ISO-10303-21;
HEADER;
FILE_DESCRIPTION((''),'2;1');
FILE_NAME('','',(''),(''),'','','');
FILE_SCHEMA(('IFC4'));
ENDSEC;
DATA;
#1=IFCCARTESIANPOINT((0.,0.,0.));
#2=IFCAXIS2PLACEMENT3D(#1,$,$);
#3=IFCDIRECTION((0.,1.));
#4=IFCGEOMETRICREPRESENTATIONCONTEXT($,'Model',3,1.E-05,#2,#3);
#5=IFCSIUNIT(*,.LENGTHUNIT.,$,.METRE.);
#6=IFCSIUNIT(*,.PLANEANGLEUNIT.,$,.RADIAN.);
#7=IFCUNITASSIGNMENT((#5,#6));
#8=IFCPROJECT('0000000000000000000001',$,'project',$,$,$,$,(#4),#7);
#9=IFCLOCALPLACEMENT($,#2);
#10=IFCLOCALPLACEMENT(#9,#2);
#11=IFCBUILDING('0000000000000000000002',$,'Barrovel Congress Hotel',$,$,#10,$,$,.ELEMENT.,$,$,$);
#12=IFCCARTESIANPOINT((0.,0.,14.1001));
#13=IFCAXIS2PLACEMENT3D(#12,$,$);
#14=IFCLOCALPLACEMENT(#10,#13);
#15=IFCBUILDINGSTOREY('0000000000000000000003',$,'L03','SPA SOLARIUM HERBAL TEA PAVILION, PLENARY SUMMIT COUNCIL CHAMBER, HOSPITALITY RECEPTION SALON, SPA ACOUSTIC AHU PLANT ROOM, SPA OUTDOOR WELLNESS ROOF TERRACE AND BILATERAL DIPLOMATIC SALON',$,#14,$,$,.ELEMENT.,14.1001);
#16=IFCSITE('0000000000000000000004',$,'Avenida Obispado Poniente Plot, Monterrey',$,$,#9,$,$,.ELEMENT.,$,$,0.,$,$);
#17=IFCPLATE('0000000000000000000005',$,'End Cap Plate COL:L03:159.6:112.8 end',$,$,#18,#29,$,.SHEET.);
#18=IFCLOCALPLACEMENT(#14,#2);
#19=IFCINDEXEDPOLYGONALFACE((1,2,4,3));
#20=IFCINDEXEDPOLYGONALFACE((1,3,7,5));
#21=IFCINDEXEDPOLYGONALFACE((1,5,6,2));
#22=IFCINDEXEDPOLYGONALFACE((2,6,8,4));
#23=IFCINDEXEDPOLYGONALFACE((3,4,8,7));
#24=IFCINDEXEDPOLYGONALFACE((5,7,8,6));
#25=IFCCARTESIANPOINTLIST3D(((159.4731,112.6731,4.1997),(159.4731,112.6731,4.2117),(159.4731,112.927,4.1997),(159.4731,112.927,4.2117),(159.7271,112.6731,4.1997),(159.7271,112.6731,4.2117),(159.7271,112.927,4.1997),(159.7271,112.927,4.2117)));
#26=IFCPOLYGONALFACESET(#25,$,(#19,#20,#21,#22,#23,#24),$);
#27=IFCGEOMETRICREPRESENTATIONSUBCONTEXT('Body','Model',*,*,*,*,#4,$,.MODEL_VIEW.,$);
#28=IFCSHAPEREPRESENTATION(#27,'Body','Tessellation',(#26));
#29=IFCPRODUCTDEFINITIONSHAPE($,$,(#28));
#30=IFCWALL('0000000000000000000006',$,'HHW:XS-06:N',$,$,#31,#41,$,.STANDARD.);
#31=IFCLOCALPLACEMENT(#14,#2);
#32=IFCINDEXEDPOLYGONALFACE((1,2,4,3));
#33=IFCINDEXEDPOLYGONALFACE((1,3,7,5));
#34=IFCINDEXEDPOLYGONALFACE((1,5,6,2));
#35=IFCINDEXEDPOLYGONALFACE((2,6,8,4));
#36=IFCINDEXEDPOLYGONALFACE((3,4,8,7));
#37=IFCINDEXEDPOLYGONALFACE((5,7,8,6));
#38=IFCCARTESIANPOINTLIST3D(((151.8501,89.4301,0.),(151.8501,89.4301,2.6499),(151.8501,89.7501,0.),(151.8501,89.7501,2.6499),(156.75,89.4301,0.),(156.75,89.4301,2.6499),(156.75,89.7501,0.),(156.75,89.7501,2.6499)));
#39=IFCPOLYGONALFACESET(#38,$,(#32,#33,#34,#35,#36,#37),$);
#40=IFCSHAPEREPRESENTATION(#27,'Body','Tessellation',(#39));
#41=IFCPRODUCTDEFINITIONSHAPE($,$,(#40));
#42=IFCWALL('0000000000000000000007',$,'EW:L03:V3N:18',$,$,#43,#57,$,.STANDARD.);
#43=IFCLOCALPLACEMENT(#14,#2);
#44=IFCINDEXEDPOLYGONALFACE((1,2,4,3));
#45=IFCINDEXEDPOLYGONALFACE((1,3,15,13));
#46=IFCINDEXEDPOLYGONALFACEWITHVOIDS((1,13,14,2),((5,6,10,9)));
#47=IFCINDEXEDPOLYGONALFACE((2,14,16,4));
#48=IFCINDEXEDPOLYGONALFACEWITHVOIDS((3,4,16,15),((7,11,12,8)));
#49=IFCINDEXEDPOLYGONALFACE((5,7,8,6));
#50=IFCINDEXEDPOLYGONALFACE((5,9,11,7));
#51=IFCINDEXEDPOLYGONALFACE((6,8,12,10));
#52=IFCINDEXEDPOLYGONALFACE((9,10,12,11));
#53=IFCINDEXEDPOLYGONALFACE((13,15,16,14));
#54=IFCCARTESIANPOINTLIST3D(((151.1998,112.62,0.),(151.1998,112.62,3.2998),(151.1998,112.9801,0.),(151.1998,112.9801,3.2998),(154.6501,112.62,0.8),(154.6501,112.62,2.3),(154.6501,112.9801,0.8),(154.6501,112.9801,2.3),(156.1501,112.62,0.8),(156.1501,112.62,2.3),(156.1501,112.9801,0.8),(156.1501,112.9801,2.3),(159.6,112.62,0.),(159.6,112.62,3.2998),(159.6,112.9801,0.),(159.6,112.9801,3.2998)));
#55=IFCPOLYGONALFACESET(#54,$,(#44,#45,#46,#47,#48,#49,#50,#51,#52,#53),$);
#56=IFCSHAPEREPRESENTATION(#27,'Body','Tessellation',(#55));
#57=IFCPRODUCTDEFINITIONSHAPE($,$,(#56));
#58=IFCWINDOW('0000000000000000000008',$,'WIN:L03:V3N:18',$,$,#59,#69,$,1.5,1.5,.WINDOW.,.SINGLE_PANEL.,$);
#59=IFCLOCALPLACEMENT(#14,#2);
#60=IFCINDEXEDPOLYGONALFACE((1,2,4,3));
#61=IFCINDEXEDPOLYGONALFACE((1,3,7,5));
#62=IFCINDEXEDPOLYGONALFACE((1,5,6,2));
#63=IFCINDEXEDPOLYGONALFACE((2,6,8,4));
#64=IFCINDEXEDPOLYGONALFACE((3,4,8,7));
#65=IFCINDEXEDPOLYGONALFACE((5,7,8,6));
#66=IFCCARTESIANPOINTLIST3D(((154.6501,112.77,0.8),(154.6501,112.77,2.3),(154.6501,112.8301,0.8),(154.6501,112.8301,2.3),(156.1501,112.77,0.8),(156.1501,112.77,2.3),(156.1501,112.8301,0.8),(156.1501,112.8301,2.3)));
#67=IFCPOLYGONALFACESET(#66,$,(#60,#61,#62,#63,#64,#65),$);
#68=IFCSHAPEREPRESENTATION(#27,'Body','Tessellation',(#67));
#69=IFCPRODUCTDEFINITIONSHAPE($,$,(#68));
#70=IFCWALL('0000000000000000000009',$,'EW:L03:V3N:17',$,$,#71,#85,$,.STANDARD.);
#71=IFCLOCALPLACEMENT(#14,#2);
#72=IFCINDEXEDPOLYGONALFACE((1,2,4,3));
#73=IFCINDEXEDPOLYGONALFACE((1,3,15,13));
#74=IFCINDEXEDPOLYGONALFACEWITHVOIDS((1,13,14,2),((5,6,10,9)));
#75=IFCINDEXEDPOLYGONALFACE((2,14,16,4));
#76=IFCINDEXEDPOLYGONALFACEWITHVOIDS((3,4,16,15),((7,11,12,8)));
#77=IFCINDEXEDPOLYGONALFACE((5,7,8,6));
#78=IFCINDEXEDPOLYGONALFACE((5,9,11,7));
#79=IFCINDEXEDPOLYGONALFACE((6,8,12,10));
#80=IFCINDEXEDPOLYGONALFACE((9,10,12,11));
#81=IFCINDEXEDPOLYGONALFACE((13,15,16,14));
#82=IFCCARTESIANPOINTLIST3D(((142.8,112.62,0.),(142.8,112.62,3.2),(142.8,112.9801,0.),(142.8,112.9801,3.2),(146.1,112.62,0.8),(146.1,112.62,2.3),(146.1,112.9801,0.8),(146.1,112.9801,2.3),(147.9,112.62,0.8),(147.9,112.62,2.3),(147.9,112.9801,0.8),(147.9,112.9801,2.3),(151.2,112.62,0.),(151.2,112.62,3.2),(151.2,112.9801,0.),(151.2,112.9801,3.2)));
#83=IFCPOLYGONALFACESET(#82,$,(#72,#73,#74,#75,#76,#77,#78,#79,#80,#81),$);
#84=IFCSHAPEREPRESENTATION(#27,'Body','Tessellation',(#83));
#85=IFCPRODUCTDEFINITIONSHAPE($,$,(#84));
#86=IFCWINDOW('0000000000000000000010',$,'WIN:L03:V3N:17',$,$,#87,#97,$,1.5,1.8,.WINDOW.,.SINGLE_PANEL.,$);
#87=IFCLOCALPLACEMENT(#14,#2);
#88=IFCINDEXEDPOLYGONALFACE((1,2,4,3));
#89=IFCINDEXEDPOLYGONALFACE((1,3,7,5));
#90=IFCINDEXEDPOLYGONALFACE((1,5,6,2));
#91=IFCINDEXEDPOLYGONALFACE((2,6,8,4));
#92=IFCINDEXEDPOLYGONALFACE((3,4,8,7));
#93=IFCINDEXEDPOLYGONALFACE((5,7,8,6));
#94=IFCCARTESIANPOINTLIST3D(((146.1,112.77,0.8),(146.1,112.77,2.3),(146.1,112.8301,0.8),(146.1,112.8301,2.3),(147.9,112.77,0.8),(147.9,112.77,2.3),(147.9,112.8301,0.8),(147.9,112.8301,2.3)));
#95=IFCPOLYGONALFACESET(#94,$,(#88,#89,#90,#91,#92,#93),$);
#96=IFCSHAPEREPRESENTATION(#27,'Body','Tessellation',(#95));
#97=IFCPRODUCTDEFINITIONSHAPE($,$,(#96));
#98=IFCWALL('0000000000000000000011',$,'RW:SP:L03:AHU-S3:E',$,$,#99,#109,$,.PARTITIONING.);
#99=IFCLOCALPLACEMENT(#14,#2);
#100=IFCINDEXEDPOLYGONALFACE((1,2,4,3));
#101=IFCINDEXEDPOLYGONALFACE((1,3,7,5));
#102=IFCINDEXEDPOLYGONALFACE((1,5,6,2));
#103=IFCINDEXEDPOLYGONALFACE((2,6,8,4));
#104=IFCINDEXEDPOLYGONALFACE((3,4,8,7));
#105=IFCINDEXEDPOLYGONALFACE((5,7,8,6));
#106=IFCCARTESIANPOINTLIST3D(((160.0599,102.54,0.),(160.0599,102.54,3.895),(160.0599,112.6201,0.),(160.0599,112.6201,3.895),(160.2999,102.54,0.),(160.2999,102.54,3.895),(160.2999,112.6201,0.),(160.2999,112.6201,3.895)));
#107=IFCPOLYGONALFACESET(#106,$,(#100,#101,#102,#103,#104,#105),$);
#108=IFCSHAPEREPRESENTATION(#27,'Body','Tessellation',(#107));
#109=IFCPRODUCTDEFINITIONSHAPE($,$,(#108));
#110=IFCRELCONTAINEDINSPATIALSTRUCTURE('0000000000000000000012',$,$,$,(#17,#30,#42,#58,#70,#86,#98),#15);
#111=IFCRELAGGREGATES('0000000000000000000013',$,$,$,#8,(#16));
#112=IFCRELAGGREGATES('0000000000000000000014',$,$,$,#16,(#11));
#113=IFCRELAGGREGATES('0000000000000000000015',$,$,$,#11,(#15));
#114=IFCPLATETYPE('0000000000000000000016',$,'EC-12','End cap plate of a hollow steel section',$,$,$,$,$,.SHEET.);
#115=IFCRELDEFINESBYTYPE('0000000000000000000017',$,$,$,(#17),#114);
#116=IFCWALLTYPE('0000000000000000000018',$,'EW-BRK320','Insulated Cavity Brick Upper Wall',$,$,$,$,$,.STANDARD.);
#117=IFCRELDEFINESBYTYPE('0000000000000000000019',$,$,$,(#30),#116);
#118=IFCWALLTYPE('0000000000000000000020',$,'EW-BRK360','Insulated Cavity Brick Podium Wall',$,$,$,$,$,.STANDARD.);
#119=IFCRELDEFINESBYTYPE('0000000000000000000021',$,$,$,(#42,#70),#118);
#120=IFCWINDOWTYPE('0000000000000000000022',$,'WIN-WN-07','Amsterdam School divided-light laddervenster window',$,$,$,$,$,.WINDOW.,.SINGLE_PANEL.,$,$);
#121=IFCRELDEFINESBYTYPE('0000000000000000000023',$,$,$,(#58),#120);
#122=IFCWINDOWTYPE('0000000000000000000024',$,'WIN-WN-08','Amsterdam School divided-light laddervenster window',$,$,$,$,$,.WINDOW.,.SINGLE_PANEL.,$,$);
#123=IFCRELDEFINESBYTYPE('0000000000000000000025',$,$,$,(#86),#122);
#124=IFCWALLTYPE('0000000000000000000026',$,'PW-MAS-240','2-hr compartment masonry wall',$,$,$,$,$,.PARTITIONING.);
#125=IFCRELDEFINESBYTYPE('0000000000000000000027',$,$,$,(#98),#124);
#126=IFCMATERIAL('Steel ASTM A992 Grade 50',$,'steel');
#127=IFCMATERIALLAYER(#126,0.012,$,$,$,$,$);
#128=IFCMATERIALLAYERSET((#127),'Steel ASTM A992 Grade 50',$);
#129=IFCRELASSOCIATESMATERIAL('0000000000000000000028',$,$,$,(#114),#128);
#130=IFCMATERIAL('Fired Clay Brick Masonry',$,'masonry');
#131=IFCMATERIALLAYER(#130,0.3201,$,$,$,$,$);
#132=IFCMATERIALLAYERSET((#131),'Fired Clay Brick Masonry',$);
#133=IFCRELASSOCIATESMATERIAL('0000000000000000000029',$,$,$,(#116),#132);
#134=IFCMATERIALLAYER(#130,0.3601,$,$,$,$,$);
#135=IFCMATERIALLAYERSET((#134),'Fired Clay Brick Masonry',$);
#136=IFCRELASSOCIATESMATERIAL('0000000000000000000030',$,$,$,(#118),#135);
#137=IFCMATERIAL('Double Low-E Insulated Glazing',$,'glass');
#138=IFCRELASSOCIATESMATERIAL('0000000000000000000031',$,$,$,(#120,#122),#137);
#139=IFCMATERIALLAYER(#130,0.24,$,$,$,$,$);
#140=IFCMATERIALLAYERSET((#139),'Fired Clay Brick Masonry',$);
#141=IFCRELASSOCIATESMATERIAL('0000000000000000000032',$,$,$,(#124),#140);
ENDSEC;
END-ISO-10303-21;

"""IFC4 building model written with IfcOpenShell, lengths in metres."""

from ifc_helpers import new_model, si_unit, direction, frame, frame_2d, origin, origin_2d, place, context, subcontext, project, spatial, rectangle, extrude, material, layer, layer_set, type_object, element, fill, save


model = new_model("IFC4")

# Units and contexts
model_context = context("Model", 3, precision=1e-05, world=origin(), true_north=direction((0.0, 1.0)))
body_context = subcontext(model_context, "Body", "Model", "MODEL_VIEW")
ifc_project = project(units=[si_unit("LENGTHUNIT", "METRE"), si_unit("PLANEANGLEUNIT", "RADIAN")], contexts=[model_context])

# Site, building, storey
site_placement = place(None, origin())
site = spatial("IfcSite", under=ifc_project, at=site_placement, Name="Avenida Obispado Poniente Plot, Monterrey", CompositionType="ELEMENT", RefElevation=0.0)
building_placement = place(site_placement, origin())
building = spatial("IfcBuilding", under=site, at=building_placement, Name="Barrovel Congress Hotel", CompositionType="ELEMENT")
storey_placement = place(building_placement, frame((0.0, 0.0, 14.1001)))
storey = spatial("IfcBuildingStorey", under=building, at=storey_placement, Name="L03", Description="SPA SOLARIUM HERBAL TEA PAVILION, PLENARY SUMMIT COUNCIL CHAMBER, HOSPITALITY RECEPTION SALON, SPA ACOUSTIC AHU PLANT ROOM, SPA OUTDOOR WELLNESS ROOF TERRACE AND BILATERAL DIPLOMATIC SALON", CompositionType="ELEMENT", Elevation=14.1001)

# Shared definitions
ifc_material_1 = material(Name="Steel ASTM A992 Grade 50", Category="steel")

# Plate
ifc_layer_1 = layer(ifc_material_1, 0.012)
ifc_layer_set_1 = layer_set([ifc_layer_1], Name="Steel ASTM A992 Grade 50")
plate_type = type_object("IfcPlateType", Name="EC-12", Description="End cap plate of a hollow steel section", PredefinedType="SHEET", material=ifc_layer_set_1)
for number, where, z_axis, x_axis, name in (
    (1, (159.6001, 112.8, 4.1997), (0.0, 0.0, 1.0), (1.0, 0.0, 0.0), "End Cap Plate COL:L03:159.6:112.8 end"),
):
    element("IfcPlate", number, at=place(storey_placement, frame(where, z_axis=z_axis, x_axis=x_axis)), inside=storey, type_object=plate_type, Name=name, PredefinedType="SHEET", context=body_context, shape_type="SweptSolid", body=[
        extrude(rectangle(XDim=0.2539, YDim=0.2539, at=origin_2d()), origin(), (0.0, 0.0, 1.0), 0.012),
    ])

# Wall
ifc_material_2 = material(Name="Fired Clay Brick Masonry", Category="masonry")
ifc_layer_2 = layer(ifc_material_2, 0.3201)
ifc_layer_set_2 = layer_set([ifc_layer_2], Name="Fired Clay Brick Masonry")
wall_type_1 = type_object("IfcWallType", Name="EW-BRK320", Description="Insulated Cavity Brick Upper Wall", PredefinedType="STANDARD", material=ifc_layer_set_2)
wall_1_placement = place(storey_placement, frame((156.75, 89.5901, 0.0), z_axis=(0.0, 0.0, 1.0), x_axis=(-1.0, 0.0, 0.0)))
element("IfcWall", 2, at=wall_1_placement, inside=storey, type_object=wall_type_1, Name="HHW:XS-06:N", PredefinedType="STANDARD", context=body_context, shape_type="SweptSolid", body=[
    extrude(rectangle(XDim=4.8999, YDim=0.3201, at=frame_2d((2.45, 0.0))), origin(), (0.0, 0.0, 1.0), 2.6499),
])

# Walls, openings, windows
ifc_layer_3 = layer(ifc_material_2, 0.3601)
ifc_layer_set_3 = layer_set([ifc_layer_3], Name="Fired Clay Brick Masonry")
wall_type_2 = type_object("IfcWallType", Name="EW-BRK360", Description="Insulated Cavity Brick Podium Wall", PredefinedType="STANDARD", material=ifc_layer_set_3)
wall_2_placement = place(storey_placement, frame((159.6001, 112.8, 0.0), z_axis=(0.0, 0.0, 1.0), x_axis=(-1.0, 0.0, 0.0)))
wall_2 = element("IfcWall", 3, at=wall_2_placement, inside=storey, type_object=wall_type_2, Name="EW:L03:V3N:18", PredefinedType="STANDARD", context=body_context, shape_type="SweptSolid", body=[
    extrude(rectangle(XDim=8.4001, YDim=0.3601, at=frame_2d((4.2002, 0.0))), origin(), (0.0, 0.0, 1.0), 3.2998),
])
opening_1_placement = place(wall_2_placement, frame((3.45, 0.0, 0.8)))
opening_1 = element("IfcOpeningElement", 4, at=opening_1_placement, cuts=wall_2, PredefinedType="OPENING", context=body_context, shape_type="SweptSolid", body=[
    extrude(rectangle(XDim=1.5, YDim=1.5, at=frame_2d((0.75, 0.75))), frame((0.0, 0.1899, 0.0), z_axis=(0.0, -1.0, 0.0), x_axis=(1.0, 0.0, 0.0)), (0.0, 0.0, 1.0), 0.3801),
])
ifc_material_3 = material(Name="Double Low-E Insulated Glazing", Category="glass")
window_type_1 = type_object("IfcWindowType", Name="WIN-WN-07", Description="Amsterdam School divided-light laddervenster window", PartitioningType="SINGLE_PANEL", PredefinedType="WINDOW", material=ifc_material_3)
window_1_placement = place(opening_1_placement, origin())
window_1 = element("IfcWindow", 5, at=window_1_placement, inside=storey, type_object=window_type_1, Name="WIN:L03:V3N:18", OverallHeight=1.5, OverallWidth=1.5, PartitioningType="SINGLE_PANEL", PredefinedType="WINDOW", context=body_context, shape_type="SweptSolid", body=[
    extrude(rectangle(XDim=1.5, YDim=1.5, at=frame_2d((0.75, 0.75))), frame((0.0, 0.03, 0.0), z_axis=(0.0, -1.0, 0.0), x_axis=(1.0, 0.0, 0.0)), (0.0, 0.0, 1.0), 0.0601),
])
fill(opening_1, window_1)
wall_3_placement = place(storey_placement, frame((151.2, 112.8, 0.0), z_axis=(0.0, 0.0, 1.0), x_axis=(-1.0, 0.0, 0.0)))
wall_3 = element("IfcWall", 6, at=wall_3_placement, inside=storey, type_object=wall_type_2, Name="EW:L03:V3N:17", PredefinedType="STANDARD", context=body_context, shape_type="SweptSolid", body=[
    extrude(rectangle(XDim=8.3999, YDim=0.3601, at=frame_2d((4.2, 0.0))), origin(), (0.0, 0.0, 1.0), 3.2),
])
opening_2_placement = place(wall_3_placement, frame((3.3, 0.0, 0.8)))
opening_2 = element("IfcOpeningElement", 7, at=opening_2_placement, cuts=wall_3, PredefinedType="OPENING", context=body_context, shape_type="SweptSolid", body=[
    extrude(rectangle(XDim=1.8, YDim=1.5, at=frame_2d((0.8999, 0.75))), frame((0.0, 0.1899, 0.0), z_axis=(0.0, -1.0, 0.0), x_axis=(1.0, 0.0, 0.0)), (0.0, 0.0, 1.0), 0.3801),
])
window_type_2 = type_object("IfcWindowType", Name="WIN-WN-08", Description="Amsterdam School divided-light laddervenster window", PartitioningType="SINGLE_PANEL", PredefinedType="WINDOW", material=ifc_material_3)
window_2_placement = place(opening_2_placement, origin())
window_2 = element("IfcWindow", 8, at=window_2_placement, inside=storey, type_object=window_type_2, Name="WIN:L03:V3N:17", OverallHeight=1.5, OverallWidth=1.8, PartitioningType="SINGLE_PANEL", PredefinedType="WINDOW", context=body_context, shape_type="SweptSolid", body=[
    extrude(rectangle(XDim=1.8, YDim=1.5, at=frame_2d((0.8999, 0.75))), frame((0.0, 0.03, 0.0), z_axis=(0.0, -1.0, 0.0), x_axis=(1.0, 0.0, 0.0)), (0.0, 0.0, 1.0), 0.0601),
])
fill(opening_2, window_2)

# Wall
ifc_layer_4 = layer(ifc_material_2, 0.24)
ifc_layer_set_4 = layer_set([ifc_layer_4], Name="Fired Clay Brick Masonry")
wall_type_3 = type_object("IfcWallType", Name="PW-MAS-240", Description="2-hr compartment masonry wall", PredefinedType="PARTITIONING", material=ifc_layer_set_4)
wall_4_placement = place(storey_placement, frame((160.1799, 102.54, 0.0), z_axis=(0.0, 0.0, 1.0), x_axis=(0.0, 1.0, 0.0)))
element("IfcWall", 9, at=wall_4_placement, inside=storey, type_object=wall_type_3, Name="RW:SP:L03:AHU-S3:E", PredefinedType="PARTITIONING", context=body_context, shape_type="SweptSolid", body=[
    extrude(rectangle(XDim=10.0801, YDim=0.24, at=frame_2d((5.04, 0.0))), origin(), (0.0, 0.0, 1.0), 3.895),
])

save(model, "model.ifc")
